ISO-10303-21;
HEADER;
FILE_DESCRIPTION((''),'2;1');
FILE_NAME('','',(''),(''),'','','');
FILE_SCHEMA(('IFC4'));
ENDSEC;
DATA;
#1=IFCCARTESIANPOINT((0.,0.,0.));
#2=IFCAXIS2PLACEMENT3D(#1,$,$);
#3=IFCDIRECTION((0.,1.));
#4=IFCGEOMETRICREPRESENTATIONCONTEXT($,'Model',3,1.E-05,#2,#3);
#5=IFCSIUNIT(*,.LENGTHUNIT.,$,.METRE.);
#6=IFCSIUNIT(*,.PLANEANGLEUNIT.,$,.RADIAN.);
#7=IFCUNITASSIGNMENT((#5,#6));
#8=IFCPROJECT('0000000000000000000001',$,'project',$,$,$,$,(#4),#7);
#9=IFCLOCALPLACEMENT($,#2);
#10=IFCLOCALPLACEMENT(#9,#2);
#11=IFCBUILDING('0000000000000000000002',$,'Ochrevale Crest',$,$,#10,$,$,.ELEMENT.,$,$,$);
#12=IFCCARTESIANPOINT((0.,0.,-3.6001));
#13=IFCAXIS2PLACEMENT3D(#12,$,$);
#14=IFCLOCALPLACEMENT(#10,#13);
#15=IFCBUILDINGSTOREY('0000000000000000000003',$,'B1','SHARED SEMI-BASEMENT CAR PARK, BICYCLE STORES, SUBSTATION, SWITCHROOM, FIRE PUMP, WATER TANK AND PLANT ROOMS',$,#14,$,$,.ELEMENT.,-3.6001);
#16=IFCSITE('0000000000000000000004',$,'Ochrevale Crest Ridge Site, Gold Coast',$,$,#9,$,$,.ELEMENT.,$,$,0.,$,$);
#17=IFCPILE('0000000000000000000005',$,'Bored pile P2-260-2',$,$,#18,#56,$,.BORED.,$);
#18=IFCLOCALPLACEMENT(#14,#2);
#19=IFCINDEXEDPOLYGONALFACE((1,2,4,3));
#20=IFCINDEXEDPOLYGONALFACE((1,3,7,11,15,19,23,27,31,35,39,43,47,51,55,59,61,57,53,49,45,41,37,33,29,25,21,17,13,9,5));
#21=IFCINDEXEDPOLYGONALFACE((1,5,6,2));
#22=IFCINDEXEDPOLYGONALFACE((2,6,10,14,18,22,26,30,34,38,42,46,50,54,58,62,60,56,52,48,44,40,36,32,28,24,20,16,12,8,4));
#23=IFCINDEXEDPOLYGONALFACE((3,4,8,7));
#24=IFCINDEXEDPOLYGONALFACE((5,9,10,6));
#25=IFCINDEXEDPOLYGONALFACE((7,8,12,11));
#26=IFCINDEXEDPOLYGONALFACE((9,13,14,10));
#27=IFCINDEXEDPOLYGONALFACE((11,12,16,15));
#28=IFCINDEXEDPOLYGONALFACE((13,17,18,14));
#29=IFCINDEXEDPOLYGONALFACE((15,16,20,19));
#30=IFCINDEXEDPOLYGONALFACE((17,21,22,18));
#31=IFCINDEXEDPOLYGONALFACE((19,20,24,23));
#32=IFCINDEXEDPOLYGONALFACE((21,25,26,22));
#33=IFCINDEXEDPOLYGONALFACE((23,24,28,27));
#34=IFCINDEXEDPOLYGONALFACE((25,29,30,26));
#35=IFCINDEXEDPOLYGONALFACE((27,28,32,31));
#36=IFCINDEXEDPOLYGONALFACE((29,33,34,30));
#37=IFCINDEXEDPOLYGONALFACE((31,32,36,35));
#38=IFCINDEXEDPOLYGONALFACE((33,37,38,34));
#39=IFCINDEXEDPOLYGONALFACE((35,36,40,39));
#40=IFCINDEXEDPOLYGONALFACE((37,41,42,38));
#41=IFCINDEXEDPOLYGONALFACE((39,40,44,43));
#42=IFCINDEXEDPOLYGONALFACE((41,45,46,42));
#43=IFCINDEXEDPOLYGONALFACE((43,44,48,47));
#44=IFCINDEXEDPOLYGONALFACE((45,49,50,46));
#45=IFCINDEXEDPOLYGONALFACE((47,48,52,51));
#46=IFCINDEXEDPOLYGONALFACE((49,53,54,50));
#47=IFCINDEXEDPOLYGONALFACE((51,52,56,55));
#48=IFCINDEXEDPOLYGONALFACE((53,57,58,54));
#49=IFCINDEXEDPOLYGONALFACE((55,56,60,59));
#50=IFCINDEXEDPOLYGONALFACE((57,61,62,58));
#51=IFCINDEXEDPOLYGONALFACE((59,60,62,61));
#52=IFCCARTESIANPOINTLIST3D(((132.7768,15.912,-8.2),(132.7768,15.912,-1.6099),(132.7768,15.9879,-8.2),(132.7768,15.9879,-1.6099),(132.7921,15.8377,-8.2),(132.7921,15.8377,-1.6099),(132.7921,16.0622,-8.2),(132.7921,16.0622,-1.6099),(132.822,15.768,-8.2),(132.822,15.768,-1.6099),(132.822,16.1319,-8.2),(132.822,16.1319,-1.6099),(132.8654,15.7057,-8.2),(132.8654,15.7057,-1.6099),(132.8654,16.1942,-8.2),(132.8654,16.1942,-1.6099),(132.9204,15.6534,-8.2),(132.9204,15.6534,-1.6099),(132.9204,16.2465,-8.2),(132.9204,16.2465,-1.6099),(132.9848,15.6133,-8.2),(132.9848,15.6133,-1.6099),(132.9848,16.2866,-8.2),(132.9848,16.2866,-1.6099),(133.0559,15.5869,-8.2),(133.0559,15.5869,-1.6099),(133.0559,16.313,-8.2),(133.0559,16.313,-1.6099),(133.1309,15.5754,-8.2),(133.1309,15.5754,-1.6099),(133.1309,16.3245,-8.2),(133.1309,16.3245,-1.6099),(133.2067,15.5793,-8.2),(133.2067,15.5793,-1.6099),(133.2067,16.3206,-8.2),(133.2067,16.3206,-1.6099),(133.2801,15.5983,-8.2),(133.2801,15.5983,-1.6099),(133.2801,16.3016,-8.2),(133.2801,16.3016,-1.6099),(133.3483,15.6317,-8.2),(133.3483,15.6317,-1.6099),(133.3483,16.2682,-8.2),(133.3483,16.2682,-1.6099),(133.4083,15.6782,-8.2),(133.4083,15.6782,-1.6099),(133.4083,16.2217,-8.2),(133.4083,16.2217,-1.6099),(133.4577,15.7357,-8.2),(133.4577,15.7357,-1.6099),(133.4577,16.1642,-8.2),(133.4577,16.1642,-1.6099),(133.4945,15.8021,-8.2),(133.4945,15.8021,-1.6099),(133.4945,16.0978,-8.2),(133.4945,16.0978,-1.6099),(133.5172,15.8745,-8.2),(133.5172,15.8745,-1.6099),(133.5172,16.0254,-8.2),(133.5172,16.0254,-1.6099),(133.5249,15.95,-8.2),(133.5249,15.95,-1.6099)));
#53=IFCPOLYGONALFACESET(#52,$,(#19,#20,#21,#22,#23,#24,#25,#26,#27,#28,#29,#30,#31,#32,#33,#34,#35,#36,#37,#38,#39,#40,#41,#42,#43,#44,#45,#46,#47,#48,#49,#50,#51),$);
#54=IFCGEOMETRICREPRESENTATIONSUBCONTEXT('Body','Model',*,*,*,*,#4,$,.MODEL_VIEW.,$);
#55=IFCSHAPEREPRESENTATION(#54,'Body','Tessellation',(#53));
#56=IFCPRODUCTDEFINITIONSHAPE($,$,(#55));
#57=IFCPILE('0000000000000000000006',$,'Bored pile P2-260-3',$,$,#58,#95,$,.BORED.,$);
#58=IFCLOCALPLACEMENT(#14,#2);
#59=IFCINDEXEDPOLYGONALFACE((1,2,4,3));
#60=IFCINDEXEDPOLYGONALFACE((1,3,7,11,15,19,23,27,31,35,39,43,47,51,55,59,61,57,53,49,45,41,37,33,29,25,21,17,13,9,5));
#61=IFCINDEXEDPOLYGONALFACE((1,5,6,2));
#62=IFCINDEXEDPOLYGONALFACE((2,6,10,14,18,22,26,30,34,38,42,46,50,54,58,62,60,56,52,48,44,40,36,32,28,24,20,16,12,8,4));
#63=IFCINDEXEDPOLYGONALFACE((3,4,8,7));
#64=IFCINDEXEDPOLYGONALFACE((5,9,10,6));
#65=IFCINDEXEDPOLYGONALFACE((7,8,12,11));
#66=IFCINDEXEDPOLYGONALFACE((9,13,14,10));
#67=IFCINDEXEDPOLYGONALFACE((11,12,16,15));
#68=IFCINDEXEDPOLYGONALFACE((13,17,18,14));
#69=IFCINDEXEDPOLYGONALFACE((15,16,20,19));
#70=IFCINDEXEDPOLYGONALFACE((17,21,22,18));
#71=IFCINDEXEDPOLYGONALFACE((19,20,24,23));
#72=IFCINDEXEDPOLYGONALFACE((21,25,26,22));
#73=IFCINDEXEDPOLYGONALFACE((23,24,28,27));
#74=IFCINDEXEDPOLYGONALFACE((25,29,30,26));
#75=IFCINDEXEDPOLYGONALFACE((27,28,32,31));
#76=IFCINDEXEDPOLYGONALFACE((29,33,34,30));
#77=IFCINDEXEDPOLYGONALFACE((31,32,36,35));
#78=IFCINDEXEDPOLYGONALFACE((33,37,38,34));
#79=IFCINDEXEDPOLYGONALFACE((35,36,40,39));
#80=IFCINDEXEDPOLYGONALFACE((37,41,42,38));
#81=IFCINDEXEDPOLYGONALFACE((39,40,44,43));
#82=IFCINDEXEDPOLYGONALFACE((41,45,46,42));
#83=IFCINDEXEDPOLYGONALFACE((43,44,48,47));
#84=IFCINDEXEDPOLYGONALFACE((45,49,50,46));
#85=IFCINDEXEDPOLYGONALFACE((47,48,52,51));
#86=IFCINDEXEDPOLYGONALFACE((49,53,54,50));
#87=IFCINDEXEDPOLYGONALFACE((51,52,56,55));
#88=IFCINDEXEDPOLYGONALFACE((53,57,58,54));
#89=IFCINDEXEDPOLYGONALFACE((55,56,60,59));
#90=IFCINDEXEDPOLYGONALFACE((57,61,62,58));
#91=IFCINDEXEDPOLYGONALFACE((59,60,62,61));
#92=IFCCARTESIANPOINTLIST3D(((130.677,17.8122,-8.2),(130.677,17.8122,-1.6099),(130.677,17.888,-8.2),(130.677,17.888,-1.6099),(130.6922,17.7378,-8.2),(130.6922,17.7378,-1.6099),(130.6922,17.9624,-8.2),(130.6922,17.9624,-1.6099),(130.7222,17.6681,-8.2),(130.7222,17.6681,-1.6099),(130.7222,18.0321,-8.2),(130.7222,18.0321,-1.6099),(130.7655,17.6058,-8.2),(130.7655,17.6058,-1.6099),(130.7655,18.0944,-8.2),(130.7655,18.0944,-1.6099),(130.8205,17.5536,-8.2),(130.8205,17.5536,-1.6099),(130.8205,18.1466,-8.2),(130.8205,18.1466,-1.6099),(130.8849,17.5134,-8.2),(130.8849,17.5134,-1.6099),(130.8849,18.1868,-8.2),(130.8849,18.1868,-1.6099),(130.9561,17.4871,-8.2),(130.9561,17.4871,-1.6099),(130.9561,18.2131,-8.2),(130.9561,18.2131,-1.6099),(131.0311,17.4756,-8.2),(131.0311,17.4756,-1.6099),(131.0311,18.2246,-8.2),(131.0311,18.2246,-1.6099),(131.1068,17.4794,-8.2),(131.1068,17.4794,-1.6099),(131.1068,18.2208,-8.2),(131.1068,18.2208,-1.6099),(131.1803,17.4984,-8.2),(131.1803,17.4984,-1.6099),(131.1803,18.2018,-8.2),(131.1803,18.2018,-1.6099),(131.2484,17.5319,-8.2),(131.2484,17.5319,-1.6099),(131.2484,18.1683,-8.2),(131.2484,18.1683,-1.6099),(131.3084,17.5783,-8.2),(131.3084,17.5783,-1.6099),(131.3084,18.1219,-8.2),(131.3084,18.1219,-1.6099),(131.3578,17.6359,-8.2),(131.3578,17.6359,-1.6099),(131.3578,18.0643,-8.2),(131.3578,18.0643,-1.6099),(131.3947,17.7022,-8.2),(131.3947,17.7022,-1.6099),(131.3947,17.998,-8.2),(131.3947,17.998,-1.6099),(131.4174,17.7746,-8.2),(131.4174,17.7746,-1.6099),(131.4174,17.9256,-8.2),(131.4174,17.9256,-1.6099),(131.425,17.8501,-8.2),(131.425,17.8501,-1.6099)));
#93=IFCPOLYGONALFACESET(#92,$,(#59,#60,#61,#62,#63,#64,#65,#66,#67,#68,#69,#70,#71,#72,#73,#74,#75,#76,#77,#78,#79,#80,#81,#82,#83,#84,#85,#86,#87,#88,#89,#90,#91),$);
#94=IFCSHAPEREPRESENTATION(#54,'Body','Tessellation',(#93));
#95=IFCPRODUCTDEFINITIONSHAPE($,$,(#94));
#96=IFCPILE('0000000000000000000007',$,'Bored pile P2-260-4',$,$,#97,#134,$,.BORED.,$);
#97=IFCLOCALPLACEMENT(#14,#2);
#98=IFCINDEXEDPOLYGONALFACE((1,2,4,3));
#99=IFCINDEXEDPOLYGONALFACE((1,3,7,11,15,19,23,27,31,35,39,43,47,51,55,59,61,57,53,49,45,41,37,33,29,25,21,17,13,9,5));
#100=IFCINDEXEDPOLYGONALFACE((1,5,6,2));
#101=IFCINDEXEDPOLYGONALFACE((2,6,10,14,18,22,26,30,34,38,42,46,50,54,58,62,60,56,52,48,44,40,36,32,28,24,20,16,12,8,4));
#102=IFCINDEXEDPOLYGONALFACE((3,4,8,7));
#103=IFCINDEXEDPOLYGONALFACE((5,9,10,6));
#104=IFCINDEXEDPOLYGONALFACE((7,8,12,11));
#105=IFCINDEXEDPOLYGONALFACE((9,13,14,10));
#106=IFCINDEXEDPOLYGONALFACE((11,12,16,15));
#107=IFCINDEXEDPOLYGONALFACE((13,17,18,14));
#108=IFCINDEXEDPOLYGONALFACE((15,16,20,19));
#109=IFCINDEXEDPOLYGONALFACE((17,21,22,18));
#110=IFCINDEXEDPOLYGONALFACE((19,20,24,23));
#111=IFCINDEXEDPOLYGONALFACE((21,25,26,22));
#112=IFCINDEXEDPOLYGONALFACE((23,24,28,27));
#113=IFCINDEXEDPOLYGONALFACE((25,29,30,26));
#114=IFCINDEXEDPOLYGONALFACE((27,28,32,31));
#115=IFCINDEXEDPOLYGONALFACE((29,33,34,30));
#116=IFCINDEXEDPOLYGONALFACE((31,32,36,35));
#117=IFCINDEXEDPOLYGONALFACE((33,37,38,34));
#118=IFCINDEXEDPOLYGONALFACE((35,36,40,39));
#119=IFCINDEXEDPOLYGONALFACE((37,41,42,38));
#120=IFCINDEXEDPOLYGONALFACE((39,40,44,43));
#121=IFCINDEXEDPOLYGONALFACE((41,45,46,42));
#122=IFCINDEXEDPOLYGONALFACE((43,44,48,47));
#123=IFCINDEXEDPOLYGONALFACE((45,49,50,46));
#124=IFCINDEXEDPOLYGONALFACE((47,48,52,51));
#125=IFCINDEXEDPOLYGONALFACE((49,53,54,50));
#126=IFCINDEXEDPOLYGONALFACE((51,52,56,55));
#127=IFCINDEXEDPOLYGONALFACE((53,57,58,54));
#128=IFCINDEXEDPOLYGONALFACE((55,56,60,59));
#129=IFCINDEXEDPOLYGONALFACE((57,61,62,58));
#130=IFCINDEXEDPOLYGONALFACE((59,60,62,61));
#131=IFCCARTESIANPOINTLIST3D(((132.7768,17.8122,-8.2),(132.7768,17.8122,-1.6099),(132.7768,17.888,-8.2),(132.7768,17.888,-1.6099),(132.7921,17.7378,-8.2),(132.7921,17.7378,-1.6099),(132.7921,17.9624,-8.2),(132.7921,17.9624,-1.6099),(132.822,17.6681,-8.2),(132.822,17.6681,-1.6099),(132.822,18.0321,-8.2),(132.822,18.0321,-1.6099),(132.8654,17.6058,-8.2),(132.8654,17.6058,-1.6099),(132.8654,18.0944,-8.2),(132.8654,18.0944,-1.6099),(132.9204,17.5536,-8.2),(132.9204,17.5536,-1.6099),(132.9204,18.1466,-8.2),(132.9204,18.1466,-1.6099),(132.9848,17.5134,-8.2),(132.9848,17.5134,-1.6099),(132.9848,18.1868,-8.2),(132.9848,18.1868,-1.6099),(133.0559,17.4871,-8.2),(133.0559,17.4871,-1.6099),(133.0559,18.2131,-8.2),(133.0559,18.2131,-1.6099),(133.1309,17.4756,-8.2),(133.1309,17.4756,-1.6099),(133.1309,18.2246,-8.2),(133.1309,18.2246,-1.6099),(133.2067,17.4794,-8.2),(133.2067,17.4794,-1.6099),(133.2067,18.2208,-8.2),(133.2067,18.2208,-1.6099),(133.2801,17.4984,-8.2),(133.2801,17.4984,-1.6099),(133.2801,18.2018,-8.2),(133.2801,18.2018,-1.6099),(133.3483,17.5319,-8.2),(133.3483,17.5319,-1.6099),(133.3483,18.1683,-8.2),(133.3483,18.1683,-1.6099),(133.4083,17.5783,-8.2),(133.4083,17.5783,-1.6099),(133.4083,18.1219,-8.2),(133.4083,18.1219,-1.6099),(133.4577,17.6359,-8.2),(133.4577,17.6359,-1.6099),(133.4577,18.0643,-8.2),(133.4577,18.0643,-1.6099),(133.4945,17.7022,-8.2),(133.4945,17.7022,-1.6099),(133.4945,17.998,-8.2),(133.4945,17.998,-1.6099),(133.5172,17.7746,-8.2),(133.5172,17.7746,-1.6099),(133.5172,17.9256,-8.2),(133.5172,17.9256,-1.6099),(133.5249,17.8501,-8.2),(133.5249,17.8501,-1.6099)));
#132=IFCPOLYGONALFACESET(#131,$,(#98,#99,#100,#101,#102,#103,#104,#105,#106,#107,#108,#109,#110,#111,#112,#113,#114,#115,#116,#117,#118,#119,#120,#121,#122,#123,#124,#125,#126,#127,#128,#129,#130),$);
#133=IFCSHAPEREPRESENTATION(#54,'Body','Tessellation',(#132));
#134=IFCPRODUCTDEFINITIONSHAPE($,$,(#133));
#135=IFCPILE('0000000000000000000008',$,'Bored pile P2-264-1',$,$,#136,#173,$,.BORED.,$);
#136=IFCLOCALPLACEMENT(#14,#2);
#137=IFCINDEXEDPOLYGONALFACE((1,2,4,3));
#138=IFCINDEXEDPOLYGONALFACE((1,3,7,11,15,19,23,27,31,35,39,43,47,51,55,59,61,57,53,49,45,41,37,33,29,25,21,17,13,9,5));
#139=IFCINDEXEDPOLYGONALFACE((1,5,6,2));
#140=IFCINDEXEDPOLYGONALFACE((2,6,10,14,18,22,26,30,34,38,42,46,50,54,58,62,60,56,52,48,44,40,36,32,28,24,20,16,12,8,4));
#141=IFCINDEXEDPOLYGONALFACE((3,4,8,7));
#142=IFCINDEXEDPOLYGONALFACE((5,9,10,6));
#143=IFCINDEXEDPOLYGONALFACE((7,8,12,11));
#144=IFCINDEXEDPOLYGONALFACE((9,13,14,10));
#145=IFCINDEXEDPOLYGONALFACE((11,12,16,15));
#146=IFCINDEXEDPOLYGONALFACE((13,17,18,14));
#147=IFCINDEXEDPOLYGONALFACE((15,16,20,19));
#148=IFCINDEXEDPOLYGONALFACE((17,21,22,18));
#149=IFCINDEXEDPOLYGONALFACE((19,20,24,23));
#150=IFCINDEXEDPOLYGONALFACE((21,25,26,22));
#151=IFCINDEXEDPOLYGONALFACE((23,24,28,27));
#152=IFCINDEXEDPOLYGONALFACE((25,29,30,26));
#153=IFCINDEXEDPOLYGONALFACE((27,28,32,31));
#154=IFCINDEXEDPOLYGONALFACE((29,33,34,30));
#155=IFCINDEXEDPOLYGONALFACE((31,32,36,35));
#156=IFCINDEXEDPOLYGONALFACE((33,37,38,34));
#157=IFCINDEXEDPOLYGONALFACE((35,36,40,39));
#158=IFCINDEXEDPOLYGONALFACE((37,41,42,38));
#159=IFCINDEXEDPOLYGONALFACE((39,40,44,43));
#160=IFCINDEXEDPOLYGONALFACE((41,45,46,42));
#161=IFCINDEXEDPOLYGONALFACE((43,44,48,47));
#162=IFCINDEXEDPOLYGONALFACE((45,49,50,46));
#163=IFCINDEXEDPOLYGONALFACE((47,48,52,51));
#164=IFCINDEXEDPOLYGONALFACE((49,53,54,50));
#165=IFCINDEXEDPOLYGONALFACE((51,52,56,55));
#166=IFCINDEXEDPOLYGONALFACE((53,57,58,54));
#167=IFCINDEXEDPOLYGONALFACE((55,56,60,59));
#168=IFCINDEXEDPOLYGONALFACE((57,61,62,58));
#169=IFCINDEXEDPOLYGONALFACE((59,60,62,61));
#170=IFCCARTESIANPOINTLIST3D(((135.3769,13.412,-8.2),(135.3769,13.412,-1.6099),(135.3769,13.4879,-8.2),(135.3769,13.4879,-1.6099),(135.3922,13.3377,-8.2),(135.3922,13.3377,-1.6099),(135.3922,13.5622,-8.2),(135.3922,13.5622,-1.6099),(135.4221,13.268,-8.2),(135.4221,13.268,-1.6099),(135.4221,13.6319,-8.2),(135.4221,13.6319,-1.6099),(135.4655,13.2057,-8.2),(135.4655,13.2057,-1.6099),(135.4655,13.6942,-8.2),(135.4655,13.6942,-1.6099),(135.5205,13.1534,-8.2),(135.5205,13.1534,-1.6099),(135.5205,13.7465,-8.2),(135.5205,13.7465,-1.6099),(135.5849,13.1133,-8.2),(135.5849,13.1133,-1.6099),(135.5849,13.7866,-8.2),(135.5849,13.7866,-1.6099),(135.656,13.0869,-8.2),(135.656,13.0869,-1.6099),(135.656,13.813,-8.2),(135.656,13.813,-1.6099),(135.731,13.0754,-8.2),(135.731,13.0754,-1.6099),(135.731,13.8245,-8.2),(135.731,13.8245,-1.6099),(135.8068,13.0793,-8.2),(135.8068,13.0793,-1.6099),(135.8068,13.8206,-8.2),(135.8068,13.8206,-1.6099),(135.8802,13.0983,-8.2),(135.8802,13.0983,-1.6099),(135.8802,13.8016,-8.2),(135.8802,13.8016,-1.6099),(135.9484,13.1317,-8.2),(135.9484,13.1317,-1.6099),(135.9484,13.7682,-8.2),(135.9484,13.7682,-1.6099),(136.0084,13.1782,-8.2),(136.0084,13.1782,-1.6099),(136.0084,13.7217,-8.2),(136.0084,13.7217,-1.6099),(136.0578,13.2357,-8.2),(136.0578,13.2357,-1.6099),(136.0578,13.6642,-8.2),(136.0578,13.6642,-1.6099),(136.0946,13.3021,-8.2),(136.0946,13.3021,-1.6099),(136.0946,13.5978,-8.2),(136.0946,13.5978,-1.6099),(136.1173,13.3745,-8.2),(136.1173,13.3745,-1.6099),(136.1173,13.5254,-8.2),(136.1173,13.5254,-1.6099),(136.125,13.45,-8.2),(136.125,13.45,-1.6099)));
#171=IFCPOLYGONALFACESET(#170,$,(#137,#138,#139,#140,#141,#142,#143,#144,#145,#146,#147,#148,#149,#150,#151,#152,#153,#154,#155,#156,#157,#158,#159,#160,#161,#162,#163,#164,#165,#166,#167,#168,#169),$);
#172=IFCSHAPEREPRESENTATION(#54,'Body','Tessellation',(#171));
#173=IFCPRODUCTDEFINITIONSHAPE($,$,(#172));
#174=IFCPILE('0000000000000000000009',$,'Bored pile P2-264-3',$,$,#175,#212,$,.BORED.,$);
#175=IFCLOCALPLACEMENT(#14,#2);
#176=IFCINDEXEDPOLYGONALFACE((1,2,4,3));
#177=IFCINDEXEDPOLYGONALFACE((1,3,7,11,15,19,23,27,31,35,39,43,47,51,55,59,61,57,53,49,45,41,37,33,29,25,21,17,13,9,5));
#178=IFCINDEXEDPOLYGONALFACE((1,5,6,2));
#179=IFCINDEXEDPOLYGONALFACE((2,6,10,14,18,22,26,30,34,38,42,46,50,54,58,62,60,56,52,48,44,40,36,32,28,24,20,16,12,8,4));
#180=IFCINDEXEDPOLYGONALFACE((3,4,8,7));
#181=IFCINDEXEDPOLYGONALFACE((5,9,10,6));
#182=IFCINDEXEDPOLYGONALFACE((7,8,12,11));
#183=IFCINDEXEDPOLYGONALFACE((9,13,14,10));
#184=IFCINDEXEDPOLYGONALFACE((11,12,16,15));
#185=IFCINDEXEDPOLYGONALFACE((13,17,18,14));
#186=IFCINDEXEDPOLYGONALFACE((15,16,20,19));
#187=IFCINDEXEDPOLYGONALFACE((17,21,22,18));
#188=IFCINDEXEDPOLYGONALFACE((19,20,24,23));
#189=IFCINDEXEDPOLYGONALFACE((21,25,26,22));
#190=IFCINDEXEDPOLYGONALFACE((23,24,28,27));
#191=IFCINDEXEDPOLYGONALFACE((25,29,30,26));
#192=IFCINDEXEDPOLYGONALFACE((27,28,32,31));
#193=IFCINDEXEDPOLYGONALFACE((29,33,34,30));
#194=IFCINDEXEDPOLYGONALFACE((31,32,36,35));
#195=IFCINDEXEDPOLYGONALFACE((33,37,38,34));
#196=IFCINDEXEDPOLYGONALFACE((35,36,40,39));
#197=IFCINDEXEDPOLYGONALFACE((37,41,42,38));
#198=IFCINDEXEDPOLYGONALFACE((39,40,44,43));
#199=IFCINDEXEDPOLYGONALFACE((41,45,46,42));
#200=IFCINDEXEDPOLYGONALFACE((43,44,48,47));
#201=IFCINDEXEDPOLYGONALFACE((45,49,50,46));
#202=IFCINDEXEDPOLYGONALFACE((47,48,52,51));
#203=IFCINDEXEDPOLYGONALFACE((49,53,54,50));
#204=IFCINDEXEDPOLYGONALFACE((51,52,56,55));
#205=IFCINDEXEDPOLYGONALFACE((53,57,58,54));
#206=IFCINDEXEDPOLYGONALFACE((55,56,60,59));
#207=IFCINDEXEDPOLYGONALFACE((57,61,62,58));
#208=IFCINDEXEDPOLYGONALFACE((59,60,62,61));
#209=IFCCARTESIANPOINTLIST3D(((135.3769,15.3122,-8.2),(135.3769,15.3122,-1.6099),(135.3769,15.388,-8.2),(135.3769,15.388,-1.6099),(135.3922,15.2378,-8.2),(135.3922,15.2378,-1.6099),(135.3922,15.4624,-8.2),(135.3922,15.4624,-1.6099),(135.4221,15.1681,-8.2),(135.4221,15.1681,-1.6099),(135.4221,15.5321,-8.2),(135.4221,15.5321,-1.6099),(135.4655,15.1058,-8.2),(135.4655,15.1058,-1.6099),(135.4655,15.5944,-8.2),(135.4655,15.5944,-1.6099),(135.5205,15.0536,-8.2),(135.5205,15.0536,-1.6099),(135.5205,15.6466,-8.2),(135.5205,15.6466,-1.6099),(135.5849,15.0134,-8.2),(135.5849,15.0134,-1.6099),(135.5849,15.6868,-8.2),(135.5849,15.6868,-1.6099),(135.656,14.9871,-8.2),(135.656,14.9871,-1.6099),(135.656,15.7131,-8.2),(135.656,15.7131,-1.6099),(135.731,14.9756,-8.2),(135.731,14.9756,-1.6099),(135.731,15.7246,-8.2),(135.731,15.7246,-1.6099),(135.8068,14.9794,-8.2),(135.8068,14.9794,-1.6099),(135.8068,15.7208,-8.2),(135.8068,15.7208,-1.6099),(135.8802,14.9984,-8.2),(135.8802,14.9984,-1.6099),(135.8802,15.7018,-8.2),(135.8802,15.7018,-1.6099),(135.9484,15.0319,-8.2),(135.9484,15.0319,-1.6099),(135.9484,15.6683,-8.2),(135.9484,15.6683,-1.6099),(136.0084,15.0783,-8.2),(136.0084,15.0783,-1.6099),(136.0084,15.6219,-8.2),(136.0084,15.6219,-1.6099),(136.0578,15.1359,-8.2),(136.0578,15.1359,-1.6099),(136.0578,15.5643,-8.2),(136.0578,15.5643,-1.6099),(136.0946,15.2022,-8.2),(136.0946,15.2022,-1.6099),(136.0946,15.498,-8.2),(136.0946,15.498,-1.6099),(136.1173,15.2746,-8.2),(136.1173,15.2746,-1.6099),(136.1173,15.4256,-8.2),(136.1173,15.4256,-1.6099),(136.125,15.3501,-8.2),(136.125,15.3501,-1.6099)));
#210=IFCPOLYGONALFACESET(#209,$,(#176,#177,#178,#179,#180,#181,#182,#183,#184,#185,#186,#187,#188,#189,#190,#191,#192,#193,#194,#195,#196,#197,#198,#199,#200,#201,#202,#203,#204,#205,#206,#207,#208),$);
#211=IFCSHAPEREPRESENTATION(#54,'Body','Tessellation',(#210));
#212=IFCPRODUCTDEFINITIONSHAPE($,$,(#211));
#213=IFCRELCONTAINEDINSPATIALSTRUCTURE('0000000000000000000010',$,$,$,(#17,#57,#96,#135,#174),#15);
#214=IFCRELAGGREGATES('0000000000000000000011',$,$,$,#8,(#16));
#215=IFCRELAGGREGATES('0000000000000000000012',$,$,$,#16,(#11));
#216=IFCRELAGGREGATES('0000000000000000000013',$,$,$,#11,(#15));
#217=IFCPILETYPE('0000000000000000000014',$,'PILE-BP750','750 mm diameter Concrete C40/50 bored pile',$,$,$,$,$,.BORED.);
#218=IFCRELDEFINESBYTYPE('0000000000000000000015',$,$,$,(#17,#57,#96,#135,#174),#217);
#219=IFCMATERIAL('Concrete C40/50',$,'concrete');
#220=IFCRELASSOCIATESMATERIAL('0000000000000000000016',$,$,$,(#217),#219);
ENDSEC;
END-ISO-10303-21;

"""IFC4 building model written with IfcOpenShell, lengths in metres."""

from ifc_helpers import new_model, si_unit, direction, frame, origin, origin_2d, place, context, subcontext, project, spatial, circle, extrude, material, material_profile, profile_set, type_object, element, save


model = new_model("IFC4")

# Units and contexts
model_context = context("Model", 3, precision=1e-05, world=origin(), true_north=direction((0.0, 1.0)))
body_context = subcontext(model_context, "Body", "Model", "MODEL_VIEW")
ifc_project = project(units=[si_unit("LENGTHUNIT", "METRE"), si_unit("PLANEANGLEUNIT", "RADIAN")], contexts=[model_context])

# Site, building, storey
site_placement = place(None, origin())
site = spatial("IfcSite", under=ifc_project, at=site_placement, Name="Ochrevale Crest Ridge Site, Gold Coast", CompositionType="ELEMENT", RefElevation=0.0)
building_placement = place(site_placement, origin())
building = spatial("IfcBuilding", under=site, at=building_placement, Name="Ochrevale Crest", CompositionType="ELEMENT")
storey_placement = place(building_placement, frame((0.0, 0.0, -3.6001)))
storey = spatial("IfcBuildingStorey", under=building, at=storey_placement, Name="B1", Description="SHARED SEMI-BASEMENT CAR PARK, BICYCLE STORES, SUBSTATION, SWITCHROOM, FIRE PUMP, WATER TANK AND PLANT ROOMS", CompositionType="ELEMENT", Elevation=-3.6001)

# Shared definitions
ifc_material_1 = material(Name="Concrete C40/50", Category="concrete")

# Piles
ifc_material_profile_1 = material_profile(ifc_material_1, circle(Radius=0.375, at=origin_2d()), Name="BORED PILE 750")
ifc_profile_set_1 = profile_set([ifc_material_profile_1], Name="Concrete C40/50")
pile_type_1 = type_object("IfcPileType", Name="PILE-BP750", Description="750 mm diameter Concrete C40/50 bored pile", PredefinedType="BORED", material=ifc_profile_set_1)
for number, where, z_axis, x_axis, name in (
    (1, (133.1499, 15.95, -1.6099), (0.0, 0.0, -1.0), (1.0, 0.0, 0.0), "Bored pile P2-260-2"),
    (2, (131.05, 17.8501, -1.6099), (0.0, 0.0, -1.0), (1.0, 0.0, 0.0), "Bored pile P2-260-3"),
    (3, (133.1499, 17.8501, -1.6099), (0.0, 0.0, -1.0), (1.0, 0.0, 0.0), "Bored pile P2-260-4"),
    (4, (135.75, 13.45, -1.6099), (0.0, 0.0, -1.0), (1.0, 0.0, 0.0), "Bored pile P2-264-1"),
    (5, (135.75, 15.3501, -1.6099), (0.0, 0.0, -1.0), (1.0, 0.0, 0.0), "Bored pile P2-264-3"),
):
    element("IfcPile", number, at=place(storey_placement, frame(where, z_axis=z_axis, x_axis=x_axis)), inside=storey, type_object=pile_type_1, Name=name, PredefinedType="BORED", context=body_context, shape_type="SweptSolid", body=[
        extrude(circle(Radius=0.375, at=origin_2d()), origin(), (0.0, 0.0, 1.0), 6.5901),
    ])

save(model, "model.ifc")
